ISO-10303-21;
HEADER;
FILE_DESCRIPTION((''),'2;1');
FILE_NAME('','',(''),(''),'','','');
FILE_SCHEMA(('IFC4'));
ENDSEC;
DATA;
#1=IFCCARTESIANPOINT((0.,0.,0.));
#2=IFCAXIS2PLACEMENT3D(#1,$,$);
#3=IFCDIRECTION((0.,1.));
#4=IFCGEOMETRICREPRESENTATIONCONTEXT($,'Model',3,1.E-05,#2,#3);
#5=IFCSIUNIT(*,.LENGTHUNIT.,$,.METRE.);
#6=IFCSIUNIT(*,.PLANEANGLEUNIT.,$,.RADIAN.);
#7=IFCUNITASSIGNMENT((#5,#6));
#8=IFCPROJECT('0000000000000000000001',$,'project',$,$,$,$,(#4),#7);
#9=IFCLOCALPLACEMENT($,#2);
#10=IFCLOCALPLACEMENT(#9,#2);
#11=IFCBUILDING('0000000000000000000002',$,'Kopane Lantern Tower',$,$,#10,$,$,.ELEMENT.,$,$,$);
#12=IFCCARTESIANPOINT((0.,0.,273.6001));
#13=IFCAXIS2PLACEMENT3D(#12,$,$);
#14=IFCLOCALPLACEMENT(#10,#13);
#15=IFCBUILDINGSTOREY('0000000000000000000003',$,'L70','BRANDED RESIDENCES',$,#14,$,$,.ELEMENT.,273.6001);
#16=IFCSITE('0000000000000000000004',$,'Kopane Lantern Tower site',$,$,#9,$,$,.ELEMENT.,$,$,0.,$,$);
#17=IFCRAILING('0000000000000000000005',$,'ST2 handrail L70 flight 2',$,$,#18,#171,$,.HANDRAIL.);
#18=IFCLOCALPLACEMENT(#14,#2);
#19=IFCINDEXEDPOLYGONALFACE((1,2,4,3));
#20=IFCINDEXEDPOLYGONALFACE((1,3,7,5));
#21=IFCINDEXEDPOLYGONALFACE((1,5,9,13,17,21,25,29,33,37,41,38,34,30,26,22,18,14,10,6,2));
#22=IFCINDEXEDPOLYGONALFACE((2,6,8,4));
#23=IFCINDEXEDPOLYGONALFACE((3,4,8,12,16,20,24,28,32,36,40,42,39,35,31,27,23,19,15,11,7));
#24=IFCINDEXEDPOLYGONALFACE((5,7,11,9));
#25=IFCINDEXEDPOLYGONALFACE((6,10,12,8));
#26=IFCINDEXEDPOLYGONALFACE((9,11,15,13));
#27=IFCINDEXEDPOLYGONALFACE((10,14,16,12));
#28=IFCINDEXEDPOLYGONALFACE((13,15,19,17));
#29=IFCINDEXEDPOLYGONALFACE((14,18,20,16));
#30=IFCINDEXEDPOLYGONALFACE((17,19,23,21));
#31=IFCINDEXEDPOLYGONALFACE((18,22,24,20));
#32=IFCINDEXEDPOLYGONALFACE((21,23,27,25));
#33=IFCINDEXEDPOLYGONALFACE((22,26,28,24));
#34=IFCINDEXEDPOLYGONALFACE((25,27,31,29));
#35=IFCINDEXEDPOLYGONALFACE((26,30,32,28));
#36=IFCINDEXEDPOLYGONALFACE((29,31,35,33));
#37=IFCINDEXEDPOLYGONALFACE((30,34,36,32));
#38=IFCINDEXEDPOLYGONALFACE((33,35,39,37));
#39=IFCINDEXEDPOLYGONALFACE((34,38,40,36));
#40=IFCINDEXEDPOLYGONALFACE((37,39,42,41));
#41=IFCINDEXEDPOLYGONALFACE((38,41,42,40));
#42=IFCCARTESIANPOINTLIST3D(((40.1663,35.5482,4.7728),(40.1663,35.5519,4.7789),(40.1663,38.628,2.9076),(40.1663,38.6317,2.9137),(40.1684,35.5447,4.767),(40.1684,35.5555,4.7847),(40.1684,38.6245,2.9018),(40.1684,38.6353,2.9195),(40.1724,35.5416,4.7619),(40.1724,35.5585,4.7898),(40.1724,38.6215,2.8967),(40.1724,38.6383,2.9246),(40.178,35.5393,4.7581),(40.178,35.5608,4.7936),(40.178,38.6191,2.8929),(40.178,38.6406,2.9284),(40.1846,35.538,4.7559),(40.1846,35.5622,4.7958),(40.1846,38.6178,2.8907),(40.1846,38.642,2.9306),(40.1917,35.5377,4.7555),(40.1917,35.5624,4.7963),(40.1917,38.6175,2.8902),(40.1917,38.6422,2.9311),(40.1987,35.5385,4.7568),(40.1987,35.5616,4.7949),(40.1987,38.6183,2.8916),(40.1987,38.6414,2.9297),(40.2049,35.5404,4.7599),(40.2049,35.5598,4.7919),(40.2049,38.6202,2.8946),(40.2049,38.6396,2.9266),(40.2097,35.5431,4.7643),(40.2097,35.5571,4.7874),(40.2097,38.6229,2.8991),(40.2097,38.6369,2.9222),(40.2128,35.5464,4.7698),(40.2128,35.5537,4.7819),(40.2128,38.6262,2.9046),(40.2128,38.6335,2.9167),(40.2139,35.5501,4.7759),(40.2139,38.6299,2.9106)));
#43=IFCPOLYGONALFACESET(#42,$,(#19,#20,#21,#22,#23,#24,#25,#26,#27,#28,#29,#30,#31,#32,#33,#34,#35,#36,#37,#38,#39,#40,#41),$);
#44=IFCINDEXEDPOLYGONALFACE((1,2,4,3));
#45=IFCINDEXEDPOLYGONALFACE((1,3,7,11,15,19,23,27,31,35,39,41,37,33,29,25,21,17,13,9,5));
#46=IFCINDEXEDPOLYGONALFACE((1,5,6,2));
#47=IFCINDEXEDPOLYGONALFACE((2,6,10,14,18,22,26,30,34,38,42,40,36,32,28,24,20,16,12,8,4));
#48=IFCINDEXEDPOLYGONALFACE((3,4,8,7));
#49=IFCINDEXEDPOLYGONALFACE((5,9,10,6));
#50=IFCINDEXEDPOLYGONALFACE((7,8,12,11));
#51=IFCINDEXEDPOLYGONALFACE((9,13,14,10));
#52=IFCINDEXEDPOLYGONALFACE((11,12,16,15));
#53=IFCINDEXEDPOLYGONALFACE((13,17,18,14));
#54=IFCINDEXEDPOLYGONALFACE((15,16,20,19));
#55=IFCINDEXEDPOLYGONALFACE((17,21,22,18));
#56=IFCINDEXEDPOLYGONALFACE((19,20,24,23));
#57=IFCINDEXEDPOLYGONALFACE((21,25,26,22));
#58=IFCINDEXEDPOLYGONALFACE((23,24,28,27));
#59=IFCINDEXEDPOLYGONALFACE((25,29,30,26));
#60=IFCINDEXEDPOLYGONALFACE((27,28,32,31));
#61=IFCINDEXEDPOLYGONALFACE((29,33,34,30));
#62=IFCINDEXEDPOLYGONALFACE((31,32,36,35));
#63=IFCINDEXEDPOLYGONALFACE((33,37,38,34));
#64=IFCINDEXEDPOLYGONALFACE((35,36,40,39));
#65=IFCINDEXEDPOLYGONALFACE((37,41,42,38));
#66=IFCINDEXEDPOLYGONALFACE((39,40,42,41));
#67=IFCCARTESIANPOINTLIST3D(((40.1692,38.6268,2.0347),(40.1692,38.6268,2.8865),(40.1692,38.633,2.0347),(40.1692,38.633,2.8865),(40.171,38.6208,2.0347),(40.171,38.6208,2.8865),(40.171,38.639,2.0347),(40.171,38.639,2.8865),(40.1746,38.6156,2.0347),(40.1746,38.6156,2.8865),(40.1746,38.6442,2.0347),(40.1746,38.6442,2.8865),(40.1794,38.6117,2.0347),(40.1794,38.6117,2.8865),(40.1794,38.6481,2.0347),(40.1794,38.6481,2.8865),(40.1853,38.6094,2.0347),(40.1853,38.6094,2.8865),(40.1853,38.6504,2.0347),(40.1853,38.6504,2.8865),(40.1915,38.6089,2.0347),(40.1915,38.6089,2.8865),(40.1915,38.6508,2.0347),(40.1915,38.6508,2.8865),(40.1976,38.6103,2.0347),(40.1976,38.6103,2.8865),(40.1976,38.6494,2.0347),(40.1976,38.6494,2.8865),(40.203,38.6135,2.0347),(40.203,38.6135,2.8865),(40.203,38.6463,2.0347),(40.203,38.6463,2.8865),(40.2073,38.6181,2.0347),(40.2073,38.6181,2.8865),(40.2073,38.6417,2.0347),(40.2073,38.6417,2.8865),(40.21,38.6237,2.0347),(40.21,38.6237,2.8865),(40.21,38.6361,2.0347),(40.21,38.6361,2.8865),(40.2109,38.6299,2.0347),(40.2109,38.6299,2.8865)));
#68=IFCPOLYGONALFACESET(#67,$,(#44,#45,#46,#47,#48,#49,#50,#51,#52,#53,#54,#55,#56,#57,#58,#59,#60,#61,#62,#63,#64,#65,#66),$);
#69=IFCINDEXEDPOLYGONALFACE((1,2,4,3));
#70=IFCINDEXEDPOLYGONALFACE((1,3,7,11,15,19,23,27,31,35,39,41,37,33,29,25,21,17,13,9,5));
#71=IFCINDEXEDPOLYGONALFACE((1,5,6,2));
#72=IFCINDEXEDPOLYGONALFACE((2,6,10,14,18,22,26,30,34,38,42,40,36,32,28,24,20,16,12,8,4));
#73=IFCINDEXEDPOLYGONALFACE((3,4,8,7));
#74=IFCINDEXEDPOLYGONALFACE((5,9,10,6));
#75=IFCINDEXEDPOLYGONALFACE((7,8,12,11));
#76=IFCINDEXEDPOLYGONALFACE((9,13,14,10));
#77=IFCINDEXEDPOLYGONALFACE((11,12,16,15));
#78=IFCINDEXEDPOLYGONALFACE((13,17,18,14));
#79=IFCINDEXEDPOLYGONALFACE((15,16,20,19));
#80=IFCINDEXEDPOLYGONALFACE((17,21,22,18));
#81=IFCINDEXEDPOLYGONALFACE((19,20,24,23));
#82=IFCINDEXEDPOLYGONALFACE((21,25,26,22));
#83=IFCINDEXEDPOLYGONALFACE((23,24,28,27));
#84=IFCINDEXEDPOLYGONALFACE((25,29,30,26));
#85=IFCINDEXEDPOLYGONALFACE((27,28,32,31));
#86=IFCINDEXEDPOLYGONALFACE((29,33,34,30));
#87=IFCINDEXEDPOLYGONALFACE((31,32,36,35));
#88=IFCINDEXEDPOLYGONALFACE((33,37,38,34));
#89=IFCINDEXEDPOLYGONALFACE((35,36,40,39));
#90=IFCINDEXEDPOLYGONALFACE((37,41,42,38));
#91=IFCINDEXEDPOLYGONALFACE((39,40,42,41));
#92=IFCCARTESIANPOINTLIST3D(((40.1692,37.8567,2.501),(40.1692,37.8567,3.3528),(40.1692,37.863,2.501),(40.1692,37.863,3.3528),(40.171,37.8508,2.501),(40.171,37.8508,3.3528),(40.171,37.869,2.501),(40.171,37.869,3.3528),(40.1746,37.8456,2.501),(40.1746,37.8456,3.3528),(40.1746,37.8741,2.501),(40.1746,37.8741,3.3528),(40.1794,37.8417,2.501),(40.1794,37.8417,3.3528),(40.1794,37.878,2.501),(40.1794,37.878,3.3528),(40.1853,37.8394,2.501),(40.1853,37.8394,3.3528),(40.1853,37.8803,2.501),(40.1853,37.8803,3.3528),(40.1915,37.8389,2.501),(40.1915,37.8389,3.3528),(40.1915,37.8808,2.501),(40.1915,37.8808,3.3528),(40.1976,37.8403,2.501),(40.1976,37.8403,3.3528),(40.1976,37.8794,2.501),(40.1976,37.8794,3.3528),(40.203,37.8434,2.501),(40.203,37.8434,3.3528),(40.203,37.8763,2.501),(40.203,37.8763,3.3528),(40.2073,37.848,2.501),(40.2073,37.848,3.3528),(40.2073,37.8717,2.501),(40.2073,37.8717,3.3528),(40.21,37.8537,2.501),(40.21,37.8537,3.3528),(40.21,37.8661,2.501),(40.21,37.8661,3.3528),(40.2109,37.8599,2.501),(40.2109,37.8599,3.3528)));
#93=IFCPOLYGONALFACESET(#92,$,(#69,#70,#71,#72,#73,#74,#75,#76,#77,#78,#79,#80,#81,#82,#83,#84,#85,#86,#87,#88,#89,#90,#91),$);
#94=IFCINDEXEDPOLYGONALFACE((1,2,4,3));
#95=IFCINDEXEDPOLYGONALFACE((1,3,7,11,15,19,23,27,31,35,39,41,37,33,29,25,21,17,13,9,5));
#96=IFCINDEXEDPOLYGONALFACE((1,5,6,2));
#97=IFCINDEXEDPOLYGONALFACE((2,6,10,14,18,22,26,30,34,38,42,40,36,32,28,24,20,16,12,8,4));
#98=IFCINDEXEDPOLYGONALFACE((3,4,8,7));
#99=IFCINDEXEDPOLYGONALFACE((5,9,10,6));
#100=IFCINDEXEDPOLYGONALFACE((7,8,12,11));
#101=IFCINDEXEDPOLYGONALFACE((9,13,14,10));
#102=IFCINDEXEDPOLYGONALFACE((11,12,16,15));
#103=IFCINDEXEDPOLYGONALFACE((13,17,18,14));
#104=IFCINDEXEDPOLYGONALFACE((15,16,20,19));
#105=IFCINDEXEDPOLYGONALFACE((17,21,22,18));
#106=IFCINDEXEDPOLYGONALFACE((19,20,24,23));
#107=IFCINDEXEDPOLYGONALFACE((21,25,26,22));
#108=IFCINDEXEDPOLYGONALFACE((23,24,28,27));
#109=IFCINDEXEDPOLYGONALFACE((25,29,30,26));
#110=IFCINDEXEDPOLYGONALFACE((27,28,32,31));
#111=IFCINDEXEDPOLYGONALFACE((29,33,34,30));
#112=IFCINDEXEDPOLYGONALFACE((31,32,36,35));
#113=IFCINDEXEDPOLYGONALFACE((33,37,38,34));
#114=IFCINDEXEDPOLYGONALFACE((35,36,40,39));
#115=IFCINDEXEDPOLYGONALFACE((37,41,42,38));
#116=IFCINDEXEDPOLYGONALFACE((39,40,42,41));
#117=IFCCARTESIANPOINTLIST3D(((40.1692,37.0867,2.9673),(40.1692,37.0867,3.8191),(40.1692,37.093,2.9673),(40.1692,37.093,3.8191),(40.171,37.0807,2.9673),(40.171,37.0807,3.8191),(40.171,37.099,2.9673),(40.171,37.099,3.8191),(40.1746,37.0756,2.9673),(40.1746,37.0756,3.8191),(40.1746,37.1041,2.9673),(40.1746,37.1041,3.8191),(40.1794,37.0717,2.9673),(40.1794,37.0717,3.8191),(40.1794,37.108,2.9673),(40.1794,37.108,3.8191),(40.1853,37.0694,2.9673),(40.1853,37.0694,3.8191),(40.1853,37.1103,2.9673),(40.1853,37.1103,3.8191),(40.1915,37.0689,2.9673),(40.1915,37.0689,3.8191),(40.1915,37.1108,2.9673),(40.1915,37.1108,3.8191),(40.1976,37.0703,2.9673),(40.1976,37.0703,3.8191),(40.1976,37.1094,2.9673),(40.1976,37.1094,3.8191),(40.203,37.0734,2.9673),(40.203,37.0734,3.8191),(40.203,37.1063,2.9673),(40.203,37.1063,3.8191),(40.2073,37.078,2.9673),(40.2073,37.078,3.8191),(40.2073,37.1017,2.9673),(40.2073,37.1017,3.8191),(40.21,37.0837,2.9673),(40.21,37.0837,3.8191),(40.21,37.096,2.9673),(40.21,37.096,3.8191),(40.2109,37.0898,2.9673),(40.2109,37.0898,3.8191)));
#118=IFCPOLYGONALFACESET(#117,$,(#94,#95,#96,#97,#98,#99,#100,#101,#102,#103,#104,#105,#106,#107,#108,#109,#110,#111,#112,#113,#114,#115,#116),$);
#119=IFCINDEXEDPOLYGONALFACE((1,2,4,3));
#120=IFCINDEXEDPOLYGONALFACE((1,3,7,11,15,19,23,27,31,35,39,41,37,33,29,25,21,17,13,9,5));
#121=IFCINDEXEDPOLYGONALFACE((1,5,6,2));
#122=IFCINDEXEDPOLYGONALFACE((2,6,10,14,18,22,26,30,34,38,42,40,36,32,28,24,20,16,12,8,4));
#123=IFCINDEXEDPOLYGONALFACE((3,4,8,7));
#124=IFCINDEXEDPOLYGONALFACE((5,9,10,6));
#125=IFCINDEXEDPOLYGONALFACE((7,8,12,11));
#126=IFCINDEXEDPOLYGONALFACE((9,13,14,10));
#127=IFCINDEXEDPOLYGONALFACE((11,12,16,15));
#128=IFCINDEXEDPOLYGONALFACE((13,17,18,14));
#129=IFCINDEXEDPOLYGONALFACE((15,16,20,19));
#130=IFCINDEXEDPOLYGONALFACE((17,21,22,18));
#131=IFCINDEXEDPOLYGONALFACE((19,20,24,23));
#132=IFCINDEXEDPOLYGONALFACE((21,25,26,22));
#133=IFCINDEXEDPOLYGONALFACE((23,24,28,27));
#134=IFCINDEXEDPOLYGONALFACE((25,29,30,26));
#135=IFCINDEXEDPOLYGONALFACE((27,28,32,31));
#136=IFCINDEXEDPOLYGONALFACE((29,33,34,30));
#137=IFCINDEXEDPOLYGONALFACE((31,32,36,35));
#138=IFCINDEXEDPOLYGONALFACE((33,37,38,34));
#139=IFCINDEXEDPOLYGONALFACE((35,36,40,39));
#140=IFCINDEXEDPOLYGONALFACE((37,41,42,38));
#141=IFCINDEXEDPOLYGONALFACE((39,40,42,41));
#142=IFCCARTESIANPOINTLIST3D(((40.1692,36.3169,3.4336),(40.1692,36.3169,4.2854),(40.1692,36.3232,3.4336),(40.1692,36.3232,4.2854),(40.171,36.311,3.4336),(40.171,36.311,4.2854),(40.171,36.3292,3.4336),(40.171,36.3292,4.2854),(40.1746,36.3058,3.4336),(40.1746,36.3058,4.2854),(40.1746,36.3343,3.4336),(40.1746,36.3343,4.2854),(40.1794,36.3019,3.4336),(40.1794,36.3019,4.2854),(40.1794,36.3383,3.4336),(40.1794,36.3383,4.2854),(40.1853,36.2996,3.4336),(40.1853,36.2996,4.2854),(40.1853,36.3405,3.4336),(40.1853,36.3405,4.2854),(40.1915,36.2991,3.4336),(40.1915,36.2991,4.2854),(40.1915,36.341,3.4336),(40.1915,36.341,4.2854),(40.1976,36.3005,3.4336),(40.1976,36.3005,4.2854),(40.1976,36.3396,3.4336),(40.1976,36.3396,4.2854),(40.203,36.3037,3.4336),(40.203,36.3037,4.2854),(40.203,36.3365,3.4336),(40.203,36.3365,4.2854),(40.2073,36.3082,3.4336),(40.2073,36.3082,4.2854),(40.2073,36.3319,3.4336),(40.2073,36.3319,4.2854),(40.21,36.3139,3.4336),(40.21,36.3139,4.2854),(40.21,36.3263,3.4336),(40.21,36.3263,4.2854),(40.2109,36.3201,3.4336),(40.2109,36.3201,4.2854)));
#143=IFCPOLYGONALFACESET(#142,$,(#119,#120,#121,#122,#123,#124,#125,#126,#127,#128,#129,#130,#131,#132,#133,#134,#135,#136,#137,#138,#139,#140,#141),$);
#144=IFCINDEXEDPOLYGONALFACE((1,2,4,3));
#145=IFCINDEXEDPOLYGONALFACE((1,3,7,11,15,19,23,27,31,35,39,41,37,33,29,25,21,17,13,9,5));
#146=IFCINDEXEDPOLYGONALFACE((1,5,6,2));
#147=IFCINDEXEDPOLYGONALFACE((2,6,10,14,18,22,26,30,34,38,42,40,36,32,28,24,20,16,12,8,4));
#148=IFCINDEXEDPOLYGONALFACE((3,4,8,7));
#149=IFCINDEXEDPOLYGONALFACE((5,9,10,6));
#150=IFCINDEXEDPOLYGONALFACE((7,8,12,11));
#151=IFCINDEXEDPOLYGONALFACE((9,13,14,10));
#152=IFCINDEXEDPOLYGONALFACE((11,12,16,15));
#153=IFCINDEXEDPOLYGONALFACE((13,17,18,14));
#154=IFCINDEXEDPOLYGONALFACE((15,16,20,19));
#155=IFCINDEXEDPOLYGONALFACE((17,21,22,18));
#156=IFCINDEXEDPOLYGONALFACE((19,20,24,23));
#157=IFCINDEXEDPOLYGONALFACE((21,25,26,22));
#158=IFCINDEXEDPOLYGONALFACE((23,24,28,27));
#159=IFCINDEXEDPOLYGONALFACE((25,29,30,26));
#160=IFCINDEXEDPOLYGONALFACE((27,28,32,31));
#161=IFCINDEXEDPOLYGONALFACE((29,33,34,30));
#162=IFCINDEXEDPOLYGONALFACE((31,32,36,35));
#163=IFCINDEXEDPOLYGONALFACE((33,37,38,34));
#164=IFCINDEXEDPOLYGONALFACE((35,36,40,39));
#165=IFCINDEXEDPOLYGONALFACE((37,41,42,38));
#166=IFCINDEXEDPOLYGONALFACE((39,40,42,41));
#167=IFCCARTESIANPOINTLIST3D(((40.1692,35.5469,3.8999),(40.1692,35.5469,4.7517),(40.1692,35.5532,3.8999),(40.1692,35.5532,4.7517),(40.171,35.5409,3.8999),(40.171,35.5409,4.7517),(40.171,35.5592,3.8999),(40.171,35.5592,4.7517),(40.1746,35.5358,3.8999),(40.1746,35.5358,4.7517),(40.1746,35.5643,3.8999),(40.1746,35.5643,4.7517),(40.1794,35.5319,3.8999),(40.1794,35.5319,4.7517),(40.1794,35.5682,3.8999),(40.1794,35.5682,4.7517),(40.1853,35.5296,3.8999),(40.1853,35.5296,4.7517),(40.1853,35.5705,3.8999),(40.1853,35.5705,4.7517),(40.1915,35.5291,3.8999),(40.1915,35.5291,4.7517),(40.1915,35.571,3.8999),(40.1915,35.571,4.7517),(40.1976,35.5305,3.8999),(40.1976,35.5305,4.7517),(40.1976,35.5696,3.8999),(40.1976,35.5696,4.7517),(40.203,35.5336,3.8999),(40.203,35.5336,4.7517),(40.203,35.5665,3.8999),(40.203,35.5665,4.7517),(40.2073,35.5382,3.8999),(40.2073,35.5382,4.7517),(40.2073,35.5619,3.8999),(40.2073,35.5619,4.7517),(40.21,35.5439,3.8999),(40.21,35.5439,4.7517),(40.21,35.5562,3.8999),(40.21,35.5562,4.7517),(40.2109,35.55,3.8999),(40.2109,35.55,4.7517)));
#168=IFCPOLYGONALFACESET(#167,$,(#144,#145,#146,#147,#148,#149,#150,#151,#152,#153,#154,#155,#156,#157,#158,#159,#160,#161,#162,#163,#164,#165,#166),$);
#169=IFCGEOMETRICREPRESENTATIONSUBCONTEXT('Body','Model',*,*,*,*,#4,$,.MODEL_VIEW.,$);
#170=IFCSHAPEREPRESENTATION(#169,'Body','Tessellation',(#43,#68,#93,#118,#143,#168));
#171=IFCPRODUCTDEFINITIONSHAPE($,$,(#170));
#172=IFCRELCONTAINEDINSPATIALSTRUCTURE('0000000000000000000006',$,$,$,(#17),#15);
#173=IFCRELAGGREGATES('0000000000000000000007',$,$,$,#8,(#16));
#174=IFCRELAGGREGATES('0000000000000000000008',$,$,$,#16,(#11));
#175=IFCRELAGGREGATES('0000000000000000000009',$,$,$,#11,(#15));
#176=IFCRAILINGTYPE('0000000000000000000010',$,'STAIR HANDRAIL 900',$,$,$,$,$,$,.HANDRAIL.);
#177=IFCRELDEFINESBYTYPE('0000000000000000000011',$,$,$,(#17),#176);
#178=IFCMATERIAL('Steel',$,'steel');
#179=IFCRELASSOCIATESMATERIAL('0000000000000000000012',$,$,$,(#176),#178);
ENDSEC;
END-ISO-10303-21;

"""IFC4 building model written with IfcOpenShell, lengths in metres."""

from ifc_helpers import new_model, si_unit, direction, frame, origin, origin_2d, place, context, subcontext, project, spatial, circle, extrude, material, type_object, element, save


model = new_model("IFC4")

# Units and contexts
model_context = context("Model", 3, precision=1e-05, world=origin(), true_north=direction((0.0, 1.0)))
body_context = subcontext(model_context, "Body", "Model", "MODEL_VIEW")
ifc_project = project(units=[si_unit("LENGTHUNIT", "METRE"), si_unit("PLANEANGLEUNIT", "RADIAN")], contexts=[model_context])

# Site, building, storey
site_placement = place(None, origin())
site = spatial("IfcSite", under=ifc_project, at=site_placement, Name="Kopane Lantern Tower site", CompositionType="ELEMENT", RefElevation=0.0)
building_placement = place(site_placement, origin())
building = spatial("IfcBuilding", under=site, at=building_placement, Name="Kopane Lantern Tower", CompositionType="ELEMENT")
storey_placement = place(building_placement, frame((0.0, 0.0, 273.6001)))
storey = spatial("IfcBuildingStorey", under=building, at=storey_placement, Name="L70", Description="BRANDED RESIDENCES", CompositionType="ELEMENT", Elevation=273.6001)

# Railing
ifc_material_1 = material(Name="Steel", Category="steel")
railing_type = type_object("IfcRailingType", Name="STAIR HANDRAIL 900", PredefinedType="HANDRAIL", material=ifc_material_1)
for number, where, name in (
    (1, (40.1899, 38.6299, 2.0347), "ST2 handrail L70 flight 2"),
):
    element("IfcRailing", number, at=place(storey_placement, frame(where)), inside=storey, type_object=railing_type, Name=name, PredefinedType="HANDRAIL", context=body_context, shape_type="SweptSolid", body=[
        extrude(circle(Radius=0.0239, at=origin_2d()), frame((0.0, 0.0, 0.876), z_axis=(0.0, -0.855362, 0.518031), x_axis=(1.0, 0.0, 0.0)), (0.0, 0.0, 1.0), 3.6006),
        extrude(circle(Radius=0.021, at=origin_2d()), origin(), (0.0, 0.0, 1.0), 0.8518),
        extrude(circle(Radius=0.021, at=origin_2d()), frame((0.0, -0.77, 0.4663)), (0.0, 0.0, 1.0), 0.8518),
        extrude(circle(Radius=0.021, at=origin_2d()), frame((0.0, -1.54, 0.9326)), (0.0, 0.0, 1.0), 0.8518),
        extrude(circle(Radius=0.021, at=origin_2d()), frame((0.0, -2.3098, 1.3989)), (0.0, 0.0, 1.0), 0.8518),
        extrude(circle(Radius=0.021, at=origin_2d()), frame((0.0, -3.0798, 1.8652)), (0.0, 0.0, 1.0), 0.8518),
    ])

save(model, "model.ifc")
